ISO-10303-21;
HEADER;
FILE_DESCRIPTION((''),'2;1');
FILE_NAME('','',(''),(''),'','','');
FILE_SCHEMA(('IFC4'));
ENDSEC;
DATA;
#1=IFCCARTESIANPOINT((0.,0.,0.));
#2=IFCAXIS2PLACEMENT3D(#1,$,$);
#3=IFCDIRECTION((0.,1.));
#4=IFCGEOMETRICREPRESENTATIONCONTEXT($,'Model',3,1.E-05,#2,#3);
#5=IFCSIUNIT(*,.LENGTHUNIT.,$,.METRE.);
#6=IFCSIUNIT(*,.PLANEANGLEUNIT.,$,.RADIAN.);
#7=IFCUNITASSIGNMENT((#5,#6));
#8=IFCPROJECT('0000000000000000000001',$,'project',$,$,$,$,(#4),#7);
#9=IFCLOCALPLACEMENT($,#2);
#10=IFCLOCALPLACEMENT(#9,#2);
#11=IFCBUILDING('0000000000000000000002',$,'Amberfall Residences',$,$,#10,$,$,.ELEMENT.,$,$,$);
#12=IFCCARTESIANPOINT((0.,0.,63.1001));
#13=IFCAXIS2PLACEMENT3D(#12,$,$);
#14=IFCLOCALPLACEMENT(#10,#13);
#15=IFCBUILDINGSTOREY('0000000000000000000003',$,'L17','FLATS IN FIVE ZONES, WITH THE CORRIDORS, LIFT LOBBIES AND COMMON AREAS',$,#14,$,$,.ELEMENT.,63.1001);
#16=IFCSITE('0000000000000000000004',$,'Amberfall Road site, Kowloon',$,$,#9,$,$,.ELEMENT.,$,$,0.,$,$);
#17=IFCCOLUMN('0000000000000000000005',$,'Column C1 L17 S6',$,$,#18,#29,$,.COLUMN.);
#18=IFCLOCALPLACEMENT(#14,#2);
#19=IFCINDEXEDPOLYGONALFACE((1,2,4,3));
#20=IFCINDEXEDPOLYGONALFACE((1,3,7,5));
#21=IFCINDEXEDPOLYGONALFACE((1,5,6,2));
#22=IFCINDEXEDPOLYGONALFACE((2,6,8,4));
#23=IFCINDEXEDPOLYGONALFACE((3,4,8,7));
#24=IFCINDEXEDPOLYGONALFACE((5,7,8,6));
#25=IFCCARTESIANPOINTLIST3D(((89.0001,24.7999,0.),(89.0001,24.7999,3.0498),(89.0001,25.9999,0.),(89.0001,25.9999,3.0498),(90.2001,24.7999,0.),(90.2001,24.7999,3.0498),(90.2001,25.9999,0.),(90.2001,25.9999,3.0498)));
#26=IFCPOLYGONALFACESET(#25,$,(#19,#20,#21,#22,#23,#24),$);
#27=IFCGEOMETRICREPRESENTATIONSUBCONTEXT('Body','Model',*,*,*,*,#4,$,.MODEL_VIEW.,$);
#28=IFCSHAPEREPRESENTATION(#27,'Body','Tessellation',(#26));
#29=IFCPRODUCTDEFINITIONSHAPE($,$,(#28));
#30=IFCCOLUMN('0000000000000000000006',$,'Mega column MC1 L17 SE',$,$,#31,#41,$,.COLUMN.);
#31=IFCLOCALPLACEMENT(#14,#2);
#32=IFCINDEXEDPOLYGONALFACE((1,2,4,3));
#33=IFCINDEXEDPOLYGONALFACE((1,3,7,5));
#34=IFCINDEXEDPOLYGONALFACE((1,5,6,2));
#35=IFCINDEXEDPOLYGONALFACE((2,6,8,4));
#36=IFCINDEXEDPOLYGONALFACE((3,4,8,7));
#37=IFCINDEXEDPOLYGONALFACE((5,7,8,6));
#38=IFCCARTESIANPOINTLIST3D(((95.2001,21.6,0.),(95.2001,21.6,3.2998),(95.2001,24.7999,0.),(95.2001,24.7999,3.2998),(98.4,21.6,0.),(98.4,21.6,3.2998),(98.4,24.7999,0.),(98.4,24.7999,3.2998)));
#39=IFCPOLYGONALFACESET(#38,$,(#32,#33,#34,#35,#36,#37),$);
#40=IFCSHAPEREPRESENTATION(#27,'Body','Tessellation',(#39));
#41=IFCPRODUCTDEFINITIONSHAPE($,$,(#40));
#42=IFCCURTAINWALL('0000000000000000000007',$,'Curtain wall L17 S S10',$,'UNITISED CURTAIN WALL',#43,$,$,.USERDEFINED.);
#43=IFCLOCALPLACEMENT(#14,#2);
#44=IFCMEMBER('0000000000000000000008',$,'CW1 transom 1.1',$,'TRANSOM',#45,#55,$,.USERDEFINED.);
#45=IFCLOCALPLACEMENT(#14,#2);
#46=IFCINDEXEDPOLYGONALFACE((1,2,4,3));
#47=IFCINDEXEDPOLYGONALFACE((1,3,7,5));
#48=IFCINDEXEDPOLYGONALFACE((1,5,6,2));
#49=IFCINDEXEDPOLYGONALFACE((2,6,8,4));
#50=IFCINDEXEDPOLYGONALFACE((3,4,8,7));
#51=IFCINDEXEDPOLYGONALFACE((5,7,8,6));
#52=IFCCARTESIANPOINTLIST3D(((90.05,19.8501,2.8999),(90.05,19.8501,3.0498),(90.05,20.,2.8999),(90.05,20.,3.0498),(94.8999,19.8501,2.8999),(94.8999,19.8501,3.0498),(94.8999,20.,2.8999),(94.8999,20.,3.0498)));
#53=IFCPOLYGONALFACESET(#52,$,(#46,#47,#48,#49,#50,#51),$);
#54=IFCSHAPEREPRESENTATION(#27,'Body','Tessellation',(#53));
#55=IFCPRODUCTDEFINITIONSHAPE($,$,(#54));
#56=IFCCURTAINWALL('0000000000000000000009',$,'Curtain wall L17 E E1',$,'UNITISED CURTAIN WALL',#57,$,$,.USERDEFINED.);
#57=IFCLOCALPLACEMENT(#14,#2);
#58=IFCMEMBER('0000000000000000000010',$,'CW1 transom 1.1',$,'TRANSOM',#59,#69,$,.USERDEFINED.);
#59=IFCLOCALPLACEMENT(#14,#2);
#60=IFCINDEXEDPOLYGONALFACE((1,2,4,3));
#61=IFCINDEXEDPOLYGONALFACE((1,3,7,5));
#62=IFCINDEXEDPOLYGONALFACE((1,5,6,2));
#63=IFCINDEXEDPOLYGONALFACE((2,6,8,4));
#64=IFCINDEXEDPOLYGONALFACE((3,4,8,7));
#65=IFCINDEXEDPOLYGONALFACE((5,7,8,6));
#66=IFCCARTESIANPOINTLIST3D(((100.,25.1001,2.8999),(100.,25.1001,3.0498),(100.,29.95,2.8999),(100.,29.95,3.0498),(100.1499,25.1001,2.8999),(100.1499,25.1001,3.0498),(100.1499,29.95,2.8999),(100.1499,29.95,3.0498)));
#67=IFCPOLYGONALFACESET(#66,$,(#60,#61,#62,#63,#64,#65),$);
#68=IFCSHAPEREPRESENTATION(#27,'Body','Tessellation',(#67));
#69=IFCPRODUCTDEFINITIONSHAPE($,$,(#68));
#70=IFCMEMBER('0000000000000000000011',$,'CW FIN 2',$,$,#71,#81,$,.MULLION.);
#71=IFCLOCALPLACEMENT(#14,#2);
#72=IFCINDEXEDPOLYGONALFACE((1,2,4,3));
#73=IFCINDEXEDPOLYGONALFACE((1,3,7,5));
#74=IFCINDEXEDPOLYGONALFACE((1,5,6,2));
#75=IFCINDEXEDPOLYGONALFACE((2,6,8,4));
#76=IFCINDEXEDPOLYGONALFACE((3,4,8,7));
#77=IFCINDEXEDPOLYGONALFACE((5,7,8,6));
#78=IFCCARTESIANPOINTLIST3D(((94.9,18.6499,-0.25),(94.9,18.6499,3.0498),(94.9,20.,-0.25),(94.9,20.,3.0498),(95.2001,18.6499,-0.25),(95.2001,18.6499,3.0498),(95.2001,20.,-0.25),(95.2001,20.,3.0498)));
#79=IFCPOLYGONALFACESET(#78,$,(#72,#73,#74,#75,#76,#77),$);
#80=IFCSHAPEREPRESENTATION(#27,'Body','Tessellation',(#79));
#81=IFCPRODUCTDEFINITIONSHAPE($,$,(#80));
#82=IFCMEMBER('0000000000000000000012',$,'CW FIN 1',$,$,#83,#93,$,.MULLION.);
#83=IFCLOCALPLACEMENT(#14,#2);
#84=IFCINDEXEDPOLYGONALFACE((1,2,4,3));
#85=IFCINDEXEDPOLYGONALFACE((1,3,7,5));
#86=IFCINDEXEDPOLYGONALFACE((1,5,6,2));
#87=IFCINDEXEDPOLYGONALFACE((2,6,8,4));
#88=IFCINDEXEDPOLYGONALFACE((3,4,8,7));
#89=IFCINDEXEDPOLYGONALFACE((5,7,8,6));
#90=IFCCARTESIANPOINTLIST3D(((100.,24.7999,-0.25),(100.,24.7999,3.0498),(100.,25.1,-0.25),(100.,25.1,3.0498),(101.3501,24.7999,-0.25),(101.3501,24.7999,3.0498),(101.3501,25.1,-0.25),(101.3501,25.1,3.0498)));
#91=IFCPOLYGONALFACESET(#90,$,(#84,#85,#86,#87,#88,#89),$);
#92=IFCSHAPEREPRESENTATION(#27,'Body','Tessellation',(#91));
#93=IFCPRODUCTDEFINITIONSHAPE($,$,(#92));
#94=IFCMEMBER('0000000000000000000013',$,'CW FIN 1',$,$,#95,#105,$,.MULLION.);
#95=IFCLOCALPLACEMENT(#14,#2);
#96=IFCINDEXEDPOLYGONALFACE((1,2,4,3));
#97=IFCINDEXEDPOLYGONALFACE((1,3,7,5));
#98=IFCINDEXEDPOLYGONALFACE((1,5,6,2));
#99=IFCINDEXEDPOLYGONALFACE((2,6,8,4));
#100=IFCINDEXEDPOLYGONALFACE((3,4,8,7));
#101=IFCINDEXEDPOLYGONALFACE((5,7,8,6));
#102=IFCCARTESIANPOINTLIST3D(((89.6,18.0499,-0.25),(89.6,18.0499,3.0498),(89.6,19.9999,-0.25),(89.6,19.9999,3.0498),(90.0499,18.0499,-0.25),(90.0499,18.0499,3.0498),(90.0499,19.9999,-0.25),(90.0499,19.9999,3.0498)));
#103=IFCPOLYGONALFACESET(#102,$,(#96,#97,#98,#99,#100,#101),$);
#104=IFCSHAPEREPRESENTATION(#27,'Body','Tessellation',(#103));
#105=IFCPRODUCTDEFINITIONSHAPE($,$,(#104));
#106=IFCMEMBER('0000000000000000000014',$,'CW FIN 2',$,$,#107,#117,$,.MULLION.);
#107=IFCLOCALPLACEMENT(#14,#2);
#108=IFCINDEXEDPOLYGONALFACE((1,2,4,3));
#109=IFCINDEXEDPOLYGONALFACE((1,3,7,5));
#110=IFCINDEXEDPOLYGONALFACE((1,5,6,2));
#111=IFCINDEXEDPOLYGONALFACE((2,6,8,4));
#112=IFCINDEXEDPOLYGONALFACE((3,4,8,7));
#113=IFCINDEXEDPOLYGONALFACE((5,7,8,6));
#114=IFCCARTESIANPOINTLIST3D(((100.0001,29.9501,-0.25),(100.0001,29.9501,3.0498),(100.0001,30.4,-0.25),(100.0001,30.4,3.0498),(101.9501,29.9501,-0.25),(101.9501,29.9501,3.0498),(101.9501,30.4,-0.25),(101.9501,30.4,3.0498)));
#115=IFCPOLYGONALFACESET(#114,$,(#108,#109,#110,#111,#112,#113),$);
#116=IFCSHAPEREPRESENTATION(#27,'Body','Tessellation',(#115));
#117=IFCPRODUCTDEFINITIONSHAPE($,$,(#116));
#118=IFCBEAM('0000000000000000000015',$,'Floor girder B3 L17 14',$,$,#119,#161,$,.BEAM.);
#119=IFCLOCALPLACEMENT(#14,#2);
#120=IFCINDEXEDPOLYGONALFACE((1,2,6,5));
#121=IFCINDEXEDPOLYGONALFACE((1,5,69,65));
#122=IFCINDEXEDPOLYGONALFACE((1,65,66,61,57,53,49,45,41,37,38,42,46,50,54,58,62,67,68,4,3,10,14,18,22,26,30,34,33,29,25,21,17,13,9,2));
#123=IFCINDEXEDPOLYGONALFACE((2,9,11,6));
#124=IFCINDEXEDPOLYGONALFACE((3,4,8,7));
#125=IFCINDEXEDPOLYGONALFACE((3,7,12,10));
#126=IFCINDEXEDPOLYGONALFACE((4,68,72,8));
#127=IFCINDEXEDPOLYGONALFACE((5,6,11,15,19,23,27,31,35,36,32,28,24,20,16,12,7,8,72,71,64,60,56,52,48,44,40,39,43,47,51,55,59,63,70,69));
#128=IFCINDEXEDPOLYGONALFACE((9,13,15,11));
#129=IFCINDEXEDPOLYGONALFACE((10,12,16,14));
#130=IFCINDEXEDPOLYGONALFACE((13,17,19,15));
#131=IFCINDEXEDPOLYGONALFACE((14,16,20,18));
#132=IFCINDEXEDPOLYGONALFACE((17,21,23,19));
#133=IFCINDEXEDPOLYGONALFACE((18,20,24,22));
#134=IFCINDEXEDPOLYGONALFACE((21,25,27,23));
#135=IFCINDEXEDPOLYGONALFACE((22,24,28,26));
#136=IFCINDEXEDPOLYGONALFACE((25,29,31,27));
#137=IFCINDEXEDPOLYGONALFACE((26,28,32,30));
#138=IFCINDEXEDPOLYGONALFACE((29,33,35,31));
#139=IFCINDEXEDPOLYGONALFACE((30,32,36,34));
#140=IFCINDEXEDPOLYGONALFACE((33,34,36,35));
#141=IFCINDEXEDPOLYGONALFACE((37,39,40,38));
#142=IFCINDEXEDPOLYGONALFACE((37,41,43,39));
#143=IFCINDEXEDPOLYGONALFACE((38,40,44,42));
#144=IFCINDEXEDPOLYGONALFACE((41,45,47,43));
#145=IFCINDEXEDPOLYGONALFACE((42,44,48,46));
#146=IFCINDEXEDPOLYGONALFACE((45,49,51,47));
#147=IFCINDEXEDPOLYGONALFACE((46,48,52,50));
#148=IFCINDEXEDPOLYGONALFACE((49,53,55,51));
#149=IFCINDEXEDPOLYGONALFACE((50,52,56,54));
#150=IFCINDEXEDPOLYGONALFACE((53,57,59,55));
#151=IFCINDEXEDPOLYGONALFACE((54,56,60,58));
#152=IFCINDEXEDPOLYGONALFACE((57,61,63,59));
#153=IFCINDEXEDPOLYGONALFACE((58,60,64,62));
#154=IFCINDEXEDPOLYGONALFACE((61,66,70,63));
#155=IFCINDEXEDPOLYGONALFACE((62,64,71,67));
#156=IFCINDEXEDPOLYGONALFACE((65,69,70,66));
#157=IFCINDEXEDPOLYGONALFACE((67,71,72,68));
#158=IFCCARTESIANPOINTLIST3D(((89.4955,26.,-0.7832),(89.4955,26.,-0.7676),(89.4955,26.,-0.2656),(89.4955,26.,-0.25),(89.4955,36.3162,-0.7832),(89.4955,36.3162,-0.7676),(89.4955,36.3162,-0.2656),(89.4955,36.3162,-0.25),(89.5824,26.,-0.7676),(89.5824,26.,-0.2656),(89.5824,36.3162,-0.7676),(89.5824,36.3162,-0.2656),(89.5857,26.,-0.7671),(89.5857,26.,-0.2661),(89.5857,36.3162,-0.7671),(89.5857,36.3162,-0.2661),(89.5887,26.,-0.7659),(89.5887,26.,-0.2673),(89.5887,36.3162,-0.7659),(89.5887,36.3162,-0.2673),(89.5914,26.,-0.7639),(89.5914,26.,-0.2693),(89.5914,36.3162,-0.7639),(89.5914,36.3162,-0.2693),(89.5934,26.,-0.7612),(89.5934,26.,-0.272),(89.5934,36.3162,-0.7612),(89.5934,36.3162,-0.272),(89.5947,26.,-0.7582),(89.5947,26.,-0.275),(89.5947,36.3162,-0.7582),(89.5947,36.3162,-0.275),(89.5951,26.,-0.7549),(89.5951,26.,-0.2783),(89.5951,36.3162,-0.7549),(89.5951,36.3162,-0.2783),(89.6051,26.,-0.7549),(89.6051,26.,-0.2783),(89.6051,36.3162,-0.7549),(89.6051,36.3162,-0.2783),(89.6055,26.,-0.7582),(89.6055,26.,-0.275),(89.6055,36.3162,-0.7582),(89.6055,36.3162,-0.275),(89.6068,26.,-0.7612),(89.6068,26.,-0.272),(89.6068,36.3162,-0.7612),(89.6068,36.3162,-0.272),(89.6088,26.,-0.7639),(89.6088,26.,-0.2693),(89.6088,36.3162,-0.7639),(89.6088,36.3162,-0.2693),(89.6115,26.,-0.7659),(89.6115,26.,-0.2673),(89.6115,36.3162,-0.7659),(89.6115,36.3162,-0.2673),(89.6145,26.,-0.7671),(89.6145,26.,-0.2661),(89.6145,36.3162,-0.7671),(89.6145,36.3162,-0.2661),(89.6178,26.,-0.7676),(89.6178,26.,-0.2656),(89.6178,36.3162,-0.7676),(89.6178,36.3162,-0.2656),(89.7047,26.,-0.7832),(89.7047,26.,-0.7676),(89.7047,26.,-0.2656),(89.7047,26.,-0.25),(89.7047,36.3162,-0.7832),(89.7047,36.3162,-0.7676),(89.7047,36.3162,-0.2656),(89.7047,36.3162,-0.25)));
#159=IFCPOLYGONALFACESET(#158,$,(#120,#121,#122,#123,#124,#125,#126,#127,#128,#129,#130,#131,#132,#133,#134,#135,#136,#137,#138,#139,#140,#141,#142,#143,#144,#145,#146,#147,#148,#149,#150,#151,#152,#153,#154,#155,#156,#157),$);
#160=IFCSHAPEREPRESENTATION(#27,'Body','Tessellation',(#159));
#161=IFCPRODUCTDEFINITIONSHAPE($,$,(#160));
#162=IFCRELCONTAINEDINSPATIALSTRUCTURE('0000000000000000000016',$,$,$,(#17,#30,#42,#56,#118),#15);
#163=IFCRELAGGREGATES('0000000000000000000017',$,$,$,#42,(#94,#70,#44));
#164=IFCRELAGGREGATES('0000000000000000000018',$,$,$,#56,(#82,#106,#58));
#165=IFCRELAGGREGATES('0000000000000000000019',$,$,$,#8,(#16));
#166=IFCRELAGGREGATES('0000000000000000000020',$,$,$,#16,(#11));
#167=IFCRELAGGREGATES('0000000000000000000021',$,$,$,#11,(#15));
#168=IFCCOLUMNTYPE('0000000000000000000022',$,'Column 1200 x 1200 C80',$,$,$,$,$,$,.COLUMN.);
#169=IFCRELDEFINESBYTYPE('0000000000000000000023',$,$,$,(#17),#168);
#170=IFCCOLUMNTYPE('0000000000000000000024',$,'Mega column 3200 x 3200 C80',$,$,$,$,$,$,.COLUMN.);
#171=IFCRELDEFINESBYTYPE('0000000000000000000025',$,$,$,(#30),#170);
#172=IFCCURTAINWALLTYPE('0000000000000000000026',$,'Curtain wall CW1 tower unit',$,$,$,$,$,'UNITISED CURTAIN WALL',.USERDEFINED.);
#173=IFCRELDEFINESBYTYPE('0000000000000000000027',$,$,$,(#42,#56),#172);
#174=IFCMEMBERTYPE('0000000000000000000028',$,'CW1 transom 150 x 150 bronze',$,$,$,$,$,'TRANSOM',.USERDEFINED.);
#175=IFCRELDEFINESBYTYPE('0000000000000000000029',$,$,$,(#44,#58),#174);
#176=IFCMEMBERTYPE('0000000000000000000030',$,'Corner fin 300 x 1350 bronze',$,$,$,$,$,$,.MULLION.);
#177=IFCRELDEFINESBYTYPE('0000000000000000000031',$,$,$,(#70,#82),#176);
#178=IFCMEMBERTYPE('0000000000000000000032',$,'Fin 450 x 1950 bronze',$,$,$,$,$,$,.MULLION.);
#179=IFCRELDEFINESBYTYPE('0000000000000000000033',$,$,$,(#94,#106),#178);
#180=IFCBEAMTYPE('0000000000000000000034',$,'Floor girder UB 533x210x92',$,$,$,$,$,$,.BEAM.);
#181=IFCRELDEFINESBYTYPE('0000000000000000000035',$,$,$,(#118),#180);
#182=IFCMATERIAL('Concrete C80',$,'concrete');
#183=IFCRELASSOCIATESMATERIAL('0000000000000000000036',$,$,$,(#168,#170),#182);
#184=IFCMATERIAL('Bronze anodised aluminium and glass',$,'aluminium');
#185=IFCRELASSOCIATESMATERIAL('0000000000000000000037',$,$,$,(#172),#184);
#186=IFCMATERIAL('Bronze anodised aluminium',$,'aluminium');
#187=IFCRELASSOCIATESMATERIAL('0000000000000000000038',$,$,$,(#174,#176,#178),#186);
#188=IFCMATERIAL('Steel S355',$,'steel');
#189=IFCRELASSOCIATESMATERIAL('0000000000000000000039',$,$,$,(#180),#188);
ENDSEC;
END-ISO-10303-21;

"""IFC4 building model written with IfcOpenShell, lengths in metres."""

from ifc_helpers import new_model, si_unit, direction, frame, origin, origin_2d, place, context, subcontext, project, spatial, rectangle, i_section, extrude, material, material_profile, profile_set, type_object, element, aggregate, save


model = new_model("IFC4")

# Units and contexts
model_context = context("Model", 3, precision=1e-05, world=origin(), true_north=direction((0.0, 1.0)))
body_context = subcontext(model_context, "Body", "Model", "MODEL_VIEW")
ifc_project = project(units=[si_unit("LENGTHUNIT", "METRE"), si_unit("PLANEANGLEUNIT", "RADIAN")], contexts=[model_context])

# Site, building, storey
site_placement = place(None, origin())
site = spatial("IfcSite", under=ifc_project, at=site_placement, Name="Amberfall Road site, Kowloon", CompositionType="ELEMENT", RefElevation=0.0)
building_placement = place(site_placement, origin())
building = spatial("IfcBuilding", under=site, at=building_placement, Name="Amberfall Residences", CompositionType="ELEMENT")
storey_placement = place(building_placement, frame((0.0, 0.0, 63.1001)))
storey = spatial("IfcBuildingStorey", under=building, at=storey_placement, Name="L17", Description="FLATS IN FIVE ZONES, WITH THE CORRIDORS, LIFT LOBBIES AND COMMON AREAS", CompositionType="ELEMENT", Elevation=63.1001)

# Columns
ifc_material_1 = material(Name="Concrete C80", Category="concrete")
ifc_material_profile_1 = material_profile(ifc_material_1, rectangle(XDim=1.2, YDim=1.2, at=origin_2d()), Name="Column 1200 x 1200 C80")
ifc_profile_set_1 = profile_set([ifc_material_profile_1], Name="Concrete C80")
column_type_1 = type_object("IfcColumnType", Name="Column 1200 x 1200 C80", PredefinedType="COLUMN", material=ifc_profile_set_1)
column_1_placement = place(storey_placement, frame((89.6001, 25.3999, 0.0), z_axis=(0.0, 0.0, 1.0), x_axis=(1.0, 0.0, 0.0)))
element("IfcColumn", 1, at=column_1_placement, inside=storey, type_object=column_type_1, Name="Column C1 L17 S6", PredefinedType="COLUMN", context=body_context, shape_type="SweptSolid", body=[
    extrude(rectangle(XDim=1.2, YDim=1.2, at=origin_2d()), origin(), (0.0, 0.0, 1.0), 3.0498),
])
ifc_material_profile_2 = material_profile(ifc_material_1, rectangle(XDim=3.2, YDim=3.2, at=origin_2d()), Name="Mega column 3200 x 3200 C80")
ifc_profile_set_2 = profile_set([ifc_material_profile_2], Name="Concrete C80")
column_type_2 = type_object("IfcColumnType", Name="Mega column 3200 x 3200 C80", PredefinedType="COLUMN", material=ifc_profile_set_2)
column_2_placement = place(storey_placement, frame((96.8, 23.2, 0.0), z_axis=(0.0, 0.0, 1.0), x_axis=(1.0, 0.0, 0.0)))
element("IfcColumn", 2, at=column_2_placement, inside=storey, type_object=column_type_2, Name="Mega column MC1 L17 SE", PredefinedType="COLUMN", context=body_context, shape_type="SweptSolid", body=[
    extrude(rectangle(XDim=3.2, YDim=3.2, at=origin_2d()), origin(), (0.0, 0.0, 1.0), 3.2998),
])

# Curtain walls, members
ifc_material_2 = material(Name="Bronze anodised aluminium and glass", Category="aluminium")
curtain_wall_type = type_object("IfcCurtainWallType", Name="Curtain wall CW1 tower unit", ElementType="UNITISED CURTAIN WALL", PredefinedType="USERDEFINED", material=ifc_material_2)
curtain_wall_1_placement = place(storey_placement, origin())
curtain_wall_1 = element("IfcCurtainWall", 3, at=curtain_wall_1_placement, inside=storey, type_object=curtain_wall_type, Name="Curtain wall L17 S S10", ObjectType="UNITISED CURTAIN WALL", PredefinedType="USERDEFINED")
ifc_material_3 = material(Name="Bronze anodised aluminium", Category="aluminium")
ifc_material_profile_3 = material_profile(ifc_material_3, rectangle(XDim=0.1499, YDim=0.1499, at=origin_2d()), Name="CW1 transom 150 x 150 bronze")
ifc_profile_set_3 = profile_set([ifc_material_profile_3], Name="Bronze anodised aluminium")
member_type_1 = type_object("IfcMemberType", Name="CW1 transom 150 x 150 bronze", ElementType="TRANSOM", PredefinedType="USERDEFINED", material=ifc_profile_set_3)
member_1_placement = place(storey_placement, frame((90.05, 19.925, 2.9749), z_axis=(1.0, 0.0, 0.0), x_axis=(0.0, 1.0, 0.0)))
member_1 = element("IfcMember", 4, at=member_1_placement, type_object=member_type_1, Name="CW1 transom 1.1", ObjectType="TRANSOM", PredefinedType="USERDEFINED", context=body_context, shape_type="SweptSolid", body=[
    extrude(rectangle(XDim=0.1499, YDim=0.1499, at=origin_2d()), origin(), (0.0, 0.0, 1.0), 4.8499),
])
curtain_wall_2_placement = place(storey_placement, origin())
curtain_wall_2 = element("IfcCurtainWall", 5, at=curtain_wall_2_placement, inside=storey, type_object=curtain_wall_type, Name="Curtain wall L17 E E1", ObjectType="UNITISED CURTAIN WALL", PredefinedType="USERDEFINED")
member_2_placement = place(storey_placement, frame((100.075, 25.1001, 2.9749), z_axis=(0.0, 1.0, 0.0), x_axis=(-1.0, 0.0, 0.0)))
member_2 = element("IfcMember", 6, at=member_2_placement, type_object=member_type_1, Name="CW1 transom 1.1", ObjectType="TRANSOM", PredefinedType="USERDEFINED", context=body_context, shape_type="SweptSolid", body=[
    extrude(rectangle(XDim=0.1499, YDim=0.1499, at=origin_2d()), origin(), (0.0, 0.0, 1.0), 4.8499),
])

# Members
ifc_material_profile_4 = material_profile(ifc_material_3, rectangle(XDim=1.3501, YDim=0.3, at=origin_2d()), Name="Corner fin 300 x 1350 bronze")
ifc_profile_set_4 = profile_set([ifc_material_profile_4], Name="Bronze anodised aluminium")
member_type_2 = type_object("IfcMemberType", Name="Corner fin 300 x 1350 bronze", PredefinedType="MULLION", material=ifc_profile_set_4)
member_3_placement = place(storey_placement, frame((95.05, 19.325, -0.25), z_axis=(0.0, 0.0, 1.0), x_axis=(0.0, 1.0, 0.0)))
member_3 = element("IfcMember", 7, at=member_3_placement, type_object=member_type_2, Name="CW FIN 2", PredefinedType="MULLION", context=body_context, shape_type="SweptSolid", body=[
    extrude(rectangle(XDim=1.3501, YDim=0.3, at=origin_2d()), origin(), (0.0, 0.0, 1.0), 3.2998),
])
member_4_placement = place(storey_placement, frame((100.675, 24.95, -0.25), z_axis=(0.0, 0.0, 1.0), x_axis=(-1.0, 0.0, 0.0)))
member_4 = element("IfcMember", 8, at=member_4_placement, type_object=member_type_2, Name="CW FIN 1", PredefinedType="MULLION", context=body_context, shape_type="SweptSolid", body=[
    extrude(rectangle(XDim=1.3501, YDim=0.3, at=origin_2d()), origin(), (0.0, 0.0, 1.0), 3.2998),
])
ifc_material_profile_5 = material_profile(ifc_material_3, rectangle(XDim=1.95, YDim=0.45, at=origin_2d()), Name="Fin 450 x 1950 bronze")
ifc_profile_set_5 = profile_set([ifc_material_profile_5], Name="Bronze anodised aluminium")
member_type_3 = type_object("IfcMemberType", Name="Fin 450 x 1950 bronze", PredefinedType="MULLION", material=ifc_profile_set_5)
member_5_placement = place(storey_placement, frame((89.825, 19.0249, -0.25), z_axis=(0.0, 0.0, 1.0), x_axis=(0.0, 1.0, 0.0)))
member_5 = element("IfcMember", 9, at=member_5_placement, type_object=member_type_3, Name="CW FIN 1", PredefinedType="MULLION", context=body_context, shape_type="SweptSolid", body=[
    extrude(rectangle(XDim=1.95, YDim=0.45, at=origin_2d()), origin(), (0.0, 0.0, 1.0), 3.2998),
])
member_6_placement = place(storey_placement, frame((100.9751, 30.175, -0.25), z_axis=(0.0, 0.0, 1.0), x_axis=(-1.0, 0.0, 0.0)))
member_6 = element("IfcMember", 10, at=member_6_placement, type_object=member_type_3, Name="CW FIN 2", PredefinedType="MULLION", context=body_context, shape_type="SweptSolid", body=[
    extrude(rectangle(XDim=1.95, YDim=0.45, at=origin_2d()), origin(), (0.0, 0.0, 1.0), 3.2998),
])

# Beam
ifc_material_4 = material(Name="Steel S355", Category="steel")
ifc_material_profile_6 = material_profile(ifc_material_4, i_section(OverallWidth=0.2092, OverallDepth=0.5332, WebThickness=0.01, FlangeThickness=0.0156, FilletRadius=0.0127, at=origin_2d()), Name="UB 533x210x92")
ifc_profile_set_6 = profile_set([ifc_material_profile_6], Name="Steel S355")
beam_type_1 = type_object("IfcBeamType", Name="Floor girder UB 533x210x92", PredefinedType="BEAM", material=ifc_profile_set_6)
beam_1_placement = place(storey_placement, frame((89.6001, 26.0, -0.5166), z_axis=(0.0, 1.0, 0.0), x_axis=(-1.0, 0.0, 0.0)))
element("IfcBeam", 11, at=beam_1_placement, inside=storey, type_object=beam_type_1, Name="Floor girder B3 L17 14", PredefinedType="BEAM", context=body_context, shape_type="SweptSolid", body=[
    extrude(i_section(OverallWidth=0.2092, OverallDepth=0.5332, WebThickness=0.01, FlangeThickness=0.0156, FilletRadius=0.0127, at=origin_2d()), origin(), (0.0, 0.0, 1.0), 10.3162),
])

aggregate(curtain_wall_1, [member_5, member_3, member_1])
aggregate(curtain_wall_2, [member_4, member_6, member_2])

save(model, "model.ifc")
